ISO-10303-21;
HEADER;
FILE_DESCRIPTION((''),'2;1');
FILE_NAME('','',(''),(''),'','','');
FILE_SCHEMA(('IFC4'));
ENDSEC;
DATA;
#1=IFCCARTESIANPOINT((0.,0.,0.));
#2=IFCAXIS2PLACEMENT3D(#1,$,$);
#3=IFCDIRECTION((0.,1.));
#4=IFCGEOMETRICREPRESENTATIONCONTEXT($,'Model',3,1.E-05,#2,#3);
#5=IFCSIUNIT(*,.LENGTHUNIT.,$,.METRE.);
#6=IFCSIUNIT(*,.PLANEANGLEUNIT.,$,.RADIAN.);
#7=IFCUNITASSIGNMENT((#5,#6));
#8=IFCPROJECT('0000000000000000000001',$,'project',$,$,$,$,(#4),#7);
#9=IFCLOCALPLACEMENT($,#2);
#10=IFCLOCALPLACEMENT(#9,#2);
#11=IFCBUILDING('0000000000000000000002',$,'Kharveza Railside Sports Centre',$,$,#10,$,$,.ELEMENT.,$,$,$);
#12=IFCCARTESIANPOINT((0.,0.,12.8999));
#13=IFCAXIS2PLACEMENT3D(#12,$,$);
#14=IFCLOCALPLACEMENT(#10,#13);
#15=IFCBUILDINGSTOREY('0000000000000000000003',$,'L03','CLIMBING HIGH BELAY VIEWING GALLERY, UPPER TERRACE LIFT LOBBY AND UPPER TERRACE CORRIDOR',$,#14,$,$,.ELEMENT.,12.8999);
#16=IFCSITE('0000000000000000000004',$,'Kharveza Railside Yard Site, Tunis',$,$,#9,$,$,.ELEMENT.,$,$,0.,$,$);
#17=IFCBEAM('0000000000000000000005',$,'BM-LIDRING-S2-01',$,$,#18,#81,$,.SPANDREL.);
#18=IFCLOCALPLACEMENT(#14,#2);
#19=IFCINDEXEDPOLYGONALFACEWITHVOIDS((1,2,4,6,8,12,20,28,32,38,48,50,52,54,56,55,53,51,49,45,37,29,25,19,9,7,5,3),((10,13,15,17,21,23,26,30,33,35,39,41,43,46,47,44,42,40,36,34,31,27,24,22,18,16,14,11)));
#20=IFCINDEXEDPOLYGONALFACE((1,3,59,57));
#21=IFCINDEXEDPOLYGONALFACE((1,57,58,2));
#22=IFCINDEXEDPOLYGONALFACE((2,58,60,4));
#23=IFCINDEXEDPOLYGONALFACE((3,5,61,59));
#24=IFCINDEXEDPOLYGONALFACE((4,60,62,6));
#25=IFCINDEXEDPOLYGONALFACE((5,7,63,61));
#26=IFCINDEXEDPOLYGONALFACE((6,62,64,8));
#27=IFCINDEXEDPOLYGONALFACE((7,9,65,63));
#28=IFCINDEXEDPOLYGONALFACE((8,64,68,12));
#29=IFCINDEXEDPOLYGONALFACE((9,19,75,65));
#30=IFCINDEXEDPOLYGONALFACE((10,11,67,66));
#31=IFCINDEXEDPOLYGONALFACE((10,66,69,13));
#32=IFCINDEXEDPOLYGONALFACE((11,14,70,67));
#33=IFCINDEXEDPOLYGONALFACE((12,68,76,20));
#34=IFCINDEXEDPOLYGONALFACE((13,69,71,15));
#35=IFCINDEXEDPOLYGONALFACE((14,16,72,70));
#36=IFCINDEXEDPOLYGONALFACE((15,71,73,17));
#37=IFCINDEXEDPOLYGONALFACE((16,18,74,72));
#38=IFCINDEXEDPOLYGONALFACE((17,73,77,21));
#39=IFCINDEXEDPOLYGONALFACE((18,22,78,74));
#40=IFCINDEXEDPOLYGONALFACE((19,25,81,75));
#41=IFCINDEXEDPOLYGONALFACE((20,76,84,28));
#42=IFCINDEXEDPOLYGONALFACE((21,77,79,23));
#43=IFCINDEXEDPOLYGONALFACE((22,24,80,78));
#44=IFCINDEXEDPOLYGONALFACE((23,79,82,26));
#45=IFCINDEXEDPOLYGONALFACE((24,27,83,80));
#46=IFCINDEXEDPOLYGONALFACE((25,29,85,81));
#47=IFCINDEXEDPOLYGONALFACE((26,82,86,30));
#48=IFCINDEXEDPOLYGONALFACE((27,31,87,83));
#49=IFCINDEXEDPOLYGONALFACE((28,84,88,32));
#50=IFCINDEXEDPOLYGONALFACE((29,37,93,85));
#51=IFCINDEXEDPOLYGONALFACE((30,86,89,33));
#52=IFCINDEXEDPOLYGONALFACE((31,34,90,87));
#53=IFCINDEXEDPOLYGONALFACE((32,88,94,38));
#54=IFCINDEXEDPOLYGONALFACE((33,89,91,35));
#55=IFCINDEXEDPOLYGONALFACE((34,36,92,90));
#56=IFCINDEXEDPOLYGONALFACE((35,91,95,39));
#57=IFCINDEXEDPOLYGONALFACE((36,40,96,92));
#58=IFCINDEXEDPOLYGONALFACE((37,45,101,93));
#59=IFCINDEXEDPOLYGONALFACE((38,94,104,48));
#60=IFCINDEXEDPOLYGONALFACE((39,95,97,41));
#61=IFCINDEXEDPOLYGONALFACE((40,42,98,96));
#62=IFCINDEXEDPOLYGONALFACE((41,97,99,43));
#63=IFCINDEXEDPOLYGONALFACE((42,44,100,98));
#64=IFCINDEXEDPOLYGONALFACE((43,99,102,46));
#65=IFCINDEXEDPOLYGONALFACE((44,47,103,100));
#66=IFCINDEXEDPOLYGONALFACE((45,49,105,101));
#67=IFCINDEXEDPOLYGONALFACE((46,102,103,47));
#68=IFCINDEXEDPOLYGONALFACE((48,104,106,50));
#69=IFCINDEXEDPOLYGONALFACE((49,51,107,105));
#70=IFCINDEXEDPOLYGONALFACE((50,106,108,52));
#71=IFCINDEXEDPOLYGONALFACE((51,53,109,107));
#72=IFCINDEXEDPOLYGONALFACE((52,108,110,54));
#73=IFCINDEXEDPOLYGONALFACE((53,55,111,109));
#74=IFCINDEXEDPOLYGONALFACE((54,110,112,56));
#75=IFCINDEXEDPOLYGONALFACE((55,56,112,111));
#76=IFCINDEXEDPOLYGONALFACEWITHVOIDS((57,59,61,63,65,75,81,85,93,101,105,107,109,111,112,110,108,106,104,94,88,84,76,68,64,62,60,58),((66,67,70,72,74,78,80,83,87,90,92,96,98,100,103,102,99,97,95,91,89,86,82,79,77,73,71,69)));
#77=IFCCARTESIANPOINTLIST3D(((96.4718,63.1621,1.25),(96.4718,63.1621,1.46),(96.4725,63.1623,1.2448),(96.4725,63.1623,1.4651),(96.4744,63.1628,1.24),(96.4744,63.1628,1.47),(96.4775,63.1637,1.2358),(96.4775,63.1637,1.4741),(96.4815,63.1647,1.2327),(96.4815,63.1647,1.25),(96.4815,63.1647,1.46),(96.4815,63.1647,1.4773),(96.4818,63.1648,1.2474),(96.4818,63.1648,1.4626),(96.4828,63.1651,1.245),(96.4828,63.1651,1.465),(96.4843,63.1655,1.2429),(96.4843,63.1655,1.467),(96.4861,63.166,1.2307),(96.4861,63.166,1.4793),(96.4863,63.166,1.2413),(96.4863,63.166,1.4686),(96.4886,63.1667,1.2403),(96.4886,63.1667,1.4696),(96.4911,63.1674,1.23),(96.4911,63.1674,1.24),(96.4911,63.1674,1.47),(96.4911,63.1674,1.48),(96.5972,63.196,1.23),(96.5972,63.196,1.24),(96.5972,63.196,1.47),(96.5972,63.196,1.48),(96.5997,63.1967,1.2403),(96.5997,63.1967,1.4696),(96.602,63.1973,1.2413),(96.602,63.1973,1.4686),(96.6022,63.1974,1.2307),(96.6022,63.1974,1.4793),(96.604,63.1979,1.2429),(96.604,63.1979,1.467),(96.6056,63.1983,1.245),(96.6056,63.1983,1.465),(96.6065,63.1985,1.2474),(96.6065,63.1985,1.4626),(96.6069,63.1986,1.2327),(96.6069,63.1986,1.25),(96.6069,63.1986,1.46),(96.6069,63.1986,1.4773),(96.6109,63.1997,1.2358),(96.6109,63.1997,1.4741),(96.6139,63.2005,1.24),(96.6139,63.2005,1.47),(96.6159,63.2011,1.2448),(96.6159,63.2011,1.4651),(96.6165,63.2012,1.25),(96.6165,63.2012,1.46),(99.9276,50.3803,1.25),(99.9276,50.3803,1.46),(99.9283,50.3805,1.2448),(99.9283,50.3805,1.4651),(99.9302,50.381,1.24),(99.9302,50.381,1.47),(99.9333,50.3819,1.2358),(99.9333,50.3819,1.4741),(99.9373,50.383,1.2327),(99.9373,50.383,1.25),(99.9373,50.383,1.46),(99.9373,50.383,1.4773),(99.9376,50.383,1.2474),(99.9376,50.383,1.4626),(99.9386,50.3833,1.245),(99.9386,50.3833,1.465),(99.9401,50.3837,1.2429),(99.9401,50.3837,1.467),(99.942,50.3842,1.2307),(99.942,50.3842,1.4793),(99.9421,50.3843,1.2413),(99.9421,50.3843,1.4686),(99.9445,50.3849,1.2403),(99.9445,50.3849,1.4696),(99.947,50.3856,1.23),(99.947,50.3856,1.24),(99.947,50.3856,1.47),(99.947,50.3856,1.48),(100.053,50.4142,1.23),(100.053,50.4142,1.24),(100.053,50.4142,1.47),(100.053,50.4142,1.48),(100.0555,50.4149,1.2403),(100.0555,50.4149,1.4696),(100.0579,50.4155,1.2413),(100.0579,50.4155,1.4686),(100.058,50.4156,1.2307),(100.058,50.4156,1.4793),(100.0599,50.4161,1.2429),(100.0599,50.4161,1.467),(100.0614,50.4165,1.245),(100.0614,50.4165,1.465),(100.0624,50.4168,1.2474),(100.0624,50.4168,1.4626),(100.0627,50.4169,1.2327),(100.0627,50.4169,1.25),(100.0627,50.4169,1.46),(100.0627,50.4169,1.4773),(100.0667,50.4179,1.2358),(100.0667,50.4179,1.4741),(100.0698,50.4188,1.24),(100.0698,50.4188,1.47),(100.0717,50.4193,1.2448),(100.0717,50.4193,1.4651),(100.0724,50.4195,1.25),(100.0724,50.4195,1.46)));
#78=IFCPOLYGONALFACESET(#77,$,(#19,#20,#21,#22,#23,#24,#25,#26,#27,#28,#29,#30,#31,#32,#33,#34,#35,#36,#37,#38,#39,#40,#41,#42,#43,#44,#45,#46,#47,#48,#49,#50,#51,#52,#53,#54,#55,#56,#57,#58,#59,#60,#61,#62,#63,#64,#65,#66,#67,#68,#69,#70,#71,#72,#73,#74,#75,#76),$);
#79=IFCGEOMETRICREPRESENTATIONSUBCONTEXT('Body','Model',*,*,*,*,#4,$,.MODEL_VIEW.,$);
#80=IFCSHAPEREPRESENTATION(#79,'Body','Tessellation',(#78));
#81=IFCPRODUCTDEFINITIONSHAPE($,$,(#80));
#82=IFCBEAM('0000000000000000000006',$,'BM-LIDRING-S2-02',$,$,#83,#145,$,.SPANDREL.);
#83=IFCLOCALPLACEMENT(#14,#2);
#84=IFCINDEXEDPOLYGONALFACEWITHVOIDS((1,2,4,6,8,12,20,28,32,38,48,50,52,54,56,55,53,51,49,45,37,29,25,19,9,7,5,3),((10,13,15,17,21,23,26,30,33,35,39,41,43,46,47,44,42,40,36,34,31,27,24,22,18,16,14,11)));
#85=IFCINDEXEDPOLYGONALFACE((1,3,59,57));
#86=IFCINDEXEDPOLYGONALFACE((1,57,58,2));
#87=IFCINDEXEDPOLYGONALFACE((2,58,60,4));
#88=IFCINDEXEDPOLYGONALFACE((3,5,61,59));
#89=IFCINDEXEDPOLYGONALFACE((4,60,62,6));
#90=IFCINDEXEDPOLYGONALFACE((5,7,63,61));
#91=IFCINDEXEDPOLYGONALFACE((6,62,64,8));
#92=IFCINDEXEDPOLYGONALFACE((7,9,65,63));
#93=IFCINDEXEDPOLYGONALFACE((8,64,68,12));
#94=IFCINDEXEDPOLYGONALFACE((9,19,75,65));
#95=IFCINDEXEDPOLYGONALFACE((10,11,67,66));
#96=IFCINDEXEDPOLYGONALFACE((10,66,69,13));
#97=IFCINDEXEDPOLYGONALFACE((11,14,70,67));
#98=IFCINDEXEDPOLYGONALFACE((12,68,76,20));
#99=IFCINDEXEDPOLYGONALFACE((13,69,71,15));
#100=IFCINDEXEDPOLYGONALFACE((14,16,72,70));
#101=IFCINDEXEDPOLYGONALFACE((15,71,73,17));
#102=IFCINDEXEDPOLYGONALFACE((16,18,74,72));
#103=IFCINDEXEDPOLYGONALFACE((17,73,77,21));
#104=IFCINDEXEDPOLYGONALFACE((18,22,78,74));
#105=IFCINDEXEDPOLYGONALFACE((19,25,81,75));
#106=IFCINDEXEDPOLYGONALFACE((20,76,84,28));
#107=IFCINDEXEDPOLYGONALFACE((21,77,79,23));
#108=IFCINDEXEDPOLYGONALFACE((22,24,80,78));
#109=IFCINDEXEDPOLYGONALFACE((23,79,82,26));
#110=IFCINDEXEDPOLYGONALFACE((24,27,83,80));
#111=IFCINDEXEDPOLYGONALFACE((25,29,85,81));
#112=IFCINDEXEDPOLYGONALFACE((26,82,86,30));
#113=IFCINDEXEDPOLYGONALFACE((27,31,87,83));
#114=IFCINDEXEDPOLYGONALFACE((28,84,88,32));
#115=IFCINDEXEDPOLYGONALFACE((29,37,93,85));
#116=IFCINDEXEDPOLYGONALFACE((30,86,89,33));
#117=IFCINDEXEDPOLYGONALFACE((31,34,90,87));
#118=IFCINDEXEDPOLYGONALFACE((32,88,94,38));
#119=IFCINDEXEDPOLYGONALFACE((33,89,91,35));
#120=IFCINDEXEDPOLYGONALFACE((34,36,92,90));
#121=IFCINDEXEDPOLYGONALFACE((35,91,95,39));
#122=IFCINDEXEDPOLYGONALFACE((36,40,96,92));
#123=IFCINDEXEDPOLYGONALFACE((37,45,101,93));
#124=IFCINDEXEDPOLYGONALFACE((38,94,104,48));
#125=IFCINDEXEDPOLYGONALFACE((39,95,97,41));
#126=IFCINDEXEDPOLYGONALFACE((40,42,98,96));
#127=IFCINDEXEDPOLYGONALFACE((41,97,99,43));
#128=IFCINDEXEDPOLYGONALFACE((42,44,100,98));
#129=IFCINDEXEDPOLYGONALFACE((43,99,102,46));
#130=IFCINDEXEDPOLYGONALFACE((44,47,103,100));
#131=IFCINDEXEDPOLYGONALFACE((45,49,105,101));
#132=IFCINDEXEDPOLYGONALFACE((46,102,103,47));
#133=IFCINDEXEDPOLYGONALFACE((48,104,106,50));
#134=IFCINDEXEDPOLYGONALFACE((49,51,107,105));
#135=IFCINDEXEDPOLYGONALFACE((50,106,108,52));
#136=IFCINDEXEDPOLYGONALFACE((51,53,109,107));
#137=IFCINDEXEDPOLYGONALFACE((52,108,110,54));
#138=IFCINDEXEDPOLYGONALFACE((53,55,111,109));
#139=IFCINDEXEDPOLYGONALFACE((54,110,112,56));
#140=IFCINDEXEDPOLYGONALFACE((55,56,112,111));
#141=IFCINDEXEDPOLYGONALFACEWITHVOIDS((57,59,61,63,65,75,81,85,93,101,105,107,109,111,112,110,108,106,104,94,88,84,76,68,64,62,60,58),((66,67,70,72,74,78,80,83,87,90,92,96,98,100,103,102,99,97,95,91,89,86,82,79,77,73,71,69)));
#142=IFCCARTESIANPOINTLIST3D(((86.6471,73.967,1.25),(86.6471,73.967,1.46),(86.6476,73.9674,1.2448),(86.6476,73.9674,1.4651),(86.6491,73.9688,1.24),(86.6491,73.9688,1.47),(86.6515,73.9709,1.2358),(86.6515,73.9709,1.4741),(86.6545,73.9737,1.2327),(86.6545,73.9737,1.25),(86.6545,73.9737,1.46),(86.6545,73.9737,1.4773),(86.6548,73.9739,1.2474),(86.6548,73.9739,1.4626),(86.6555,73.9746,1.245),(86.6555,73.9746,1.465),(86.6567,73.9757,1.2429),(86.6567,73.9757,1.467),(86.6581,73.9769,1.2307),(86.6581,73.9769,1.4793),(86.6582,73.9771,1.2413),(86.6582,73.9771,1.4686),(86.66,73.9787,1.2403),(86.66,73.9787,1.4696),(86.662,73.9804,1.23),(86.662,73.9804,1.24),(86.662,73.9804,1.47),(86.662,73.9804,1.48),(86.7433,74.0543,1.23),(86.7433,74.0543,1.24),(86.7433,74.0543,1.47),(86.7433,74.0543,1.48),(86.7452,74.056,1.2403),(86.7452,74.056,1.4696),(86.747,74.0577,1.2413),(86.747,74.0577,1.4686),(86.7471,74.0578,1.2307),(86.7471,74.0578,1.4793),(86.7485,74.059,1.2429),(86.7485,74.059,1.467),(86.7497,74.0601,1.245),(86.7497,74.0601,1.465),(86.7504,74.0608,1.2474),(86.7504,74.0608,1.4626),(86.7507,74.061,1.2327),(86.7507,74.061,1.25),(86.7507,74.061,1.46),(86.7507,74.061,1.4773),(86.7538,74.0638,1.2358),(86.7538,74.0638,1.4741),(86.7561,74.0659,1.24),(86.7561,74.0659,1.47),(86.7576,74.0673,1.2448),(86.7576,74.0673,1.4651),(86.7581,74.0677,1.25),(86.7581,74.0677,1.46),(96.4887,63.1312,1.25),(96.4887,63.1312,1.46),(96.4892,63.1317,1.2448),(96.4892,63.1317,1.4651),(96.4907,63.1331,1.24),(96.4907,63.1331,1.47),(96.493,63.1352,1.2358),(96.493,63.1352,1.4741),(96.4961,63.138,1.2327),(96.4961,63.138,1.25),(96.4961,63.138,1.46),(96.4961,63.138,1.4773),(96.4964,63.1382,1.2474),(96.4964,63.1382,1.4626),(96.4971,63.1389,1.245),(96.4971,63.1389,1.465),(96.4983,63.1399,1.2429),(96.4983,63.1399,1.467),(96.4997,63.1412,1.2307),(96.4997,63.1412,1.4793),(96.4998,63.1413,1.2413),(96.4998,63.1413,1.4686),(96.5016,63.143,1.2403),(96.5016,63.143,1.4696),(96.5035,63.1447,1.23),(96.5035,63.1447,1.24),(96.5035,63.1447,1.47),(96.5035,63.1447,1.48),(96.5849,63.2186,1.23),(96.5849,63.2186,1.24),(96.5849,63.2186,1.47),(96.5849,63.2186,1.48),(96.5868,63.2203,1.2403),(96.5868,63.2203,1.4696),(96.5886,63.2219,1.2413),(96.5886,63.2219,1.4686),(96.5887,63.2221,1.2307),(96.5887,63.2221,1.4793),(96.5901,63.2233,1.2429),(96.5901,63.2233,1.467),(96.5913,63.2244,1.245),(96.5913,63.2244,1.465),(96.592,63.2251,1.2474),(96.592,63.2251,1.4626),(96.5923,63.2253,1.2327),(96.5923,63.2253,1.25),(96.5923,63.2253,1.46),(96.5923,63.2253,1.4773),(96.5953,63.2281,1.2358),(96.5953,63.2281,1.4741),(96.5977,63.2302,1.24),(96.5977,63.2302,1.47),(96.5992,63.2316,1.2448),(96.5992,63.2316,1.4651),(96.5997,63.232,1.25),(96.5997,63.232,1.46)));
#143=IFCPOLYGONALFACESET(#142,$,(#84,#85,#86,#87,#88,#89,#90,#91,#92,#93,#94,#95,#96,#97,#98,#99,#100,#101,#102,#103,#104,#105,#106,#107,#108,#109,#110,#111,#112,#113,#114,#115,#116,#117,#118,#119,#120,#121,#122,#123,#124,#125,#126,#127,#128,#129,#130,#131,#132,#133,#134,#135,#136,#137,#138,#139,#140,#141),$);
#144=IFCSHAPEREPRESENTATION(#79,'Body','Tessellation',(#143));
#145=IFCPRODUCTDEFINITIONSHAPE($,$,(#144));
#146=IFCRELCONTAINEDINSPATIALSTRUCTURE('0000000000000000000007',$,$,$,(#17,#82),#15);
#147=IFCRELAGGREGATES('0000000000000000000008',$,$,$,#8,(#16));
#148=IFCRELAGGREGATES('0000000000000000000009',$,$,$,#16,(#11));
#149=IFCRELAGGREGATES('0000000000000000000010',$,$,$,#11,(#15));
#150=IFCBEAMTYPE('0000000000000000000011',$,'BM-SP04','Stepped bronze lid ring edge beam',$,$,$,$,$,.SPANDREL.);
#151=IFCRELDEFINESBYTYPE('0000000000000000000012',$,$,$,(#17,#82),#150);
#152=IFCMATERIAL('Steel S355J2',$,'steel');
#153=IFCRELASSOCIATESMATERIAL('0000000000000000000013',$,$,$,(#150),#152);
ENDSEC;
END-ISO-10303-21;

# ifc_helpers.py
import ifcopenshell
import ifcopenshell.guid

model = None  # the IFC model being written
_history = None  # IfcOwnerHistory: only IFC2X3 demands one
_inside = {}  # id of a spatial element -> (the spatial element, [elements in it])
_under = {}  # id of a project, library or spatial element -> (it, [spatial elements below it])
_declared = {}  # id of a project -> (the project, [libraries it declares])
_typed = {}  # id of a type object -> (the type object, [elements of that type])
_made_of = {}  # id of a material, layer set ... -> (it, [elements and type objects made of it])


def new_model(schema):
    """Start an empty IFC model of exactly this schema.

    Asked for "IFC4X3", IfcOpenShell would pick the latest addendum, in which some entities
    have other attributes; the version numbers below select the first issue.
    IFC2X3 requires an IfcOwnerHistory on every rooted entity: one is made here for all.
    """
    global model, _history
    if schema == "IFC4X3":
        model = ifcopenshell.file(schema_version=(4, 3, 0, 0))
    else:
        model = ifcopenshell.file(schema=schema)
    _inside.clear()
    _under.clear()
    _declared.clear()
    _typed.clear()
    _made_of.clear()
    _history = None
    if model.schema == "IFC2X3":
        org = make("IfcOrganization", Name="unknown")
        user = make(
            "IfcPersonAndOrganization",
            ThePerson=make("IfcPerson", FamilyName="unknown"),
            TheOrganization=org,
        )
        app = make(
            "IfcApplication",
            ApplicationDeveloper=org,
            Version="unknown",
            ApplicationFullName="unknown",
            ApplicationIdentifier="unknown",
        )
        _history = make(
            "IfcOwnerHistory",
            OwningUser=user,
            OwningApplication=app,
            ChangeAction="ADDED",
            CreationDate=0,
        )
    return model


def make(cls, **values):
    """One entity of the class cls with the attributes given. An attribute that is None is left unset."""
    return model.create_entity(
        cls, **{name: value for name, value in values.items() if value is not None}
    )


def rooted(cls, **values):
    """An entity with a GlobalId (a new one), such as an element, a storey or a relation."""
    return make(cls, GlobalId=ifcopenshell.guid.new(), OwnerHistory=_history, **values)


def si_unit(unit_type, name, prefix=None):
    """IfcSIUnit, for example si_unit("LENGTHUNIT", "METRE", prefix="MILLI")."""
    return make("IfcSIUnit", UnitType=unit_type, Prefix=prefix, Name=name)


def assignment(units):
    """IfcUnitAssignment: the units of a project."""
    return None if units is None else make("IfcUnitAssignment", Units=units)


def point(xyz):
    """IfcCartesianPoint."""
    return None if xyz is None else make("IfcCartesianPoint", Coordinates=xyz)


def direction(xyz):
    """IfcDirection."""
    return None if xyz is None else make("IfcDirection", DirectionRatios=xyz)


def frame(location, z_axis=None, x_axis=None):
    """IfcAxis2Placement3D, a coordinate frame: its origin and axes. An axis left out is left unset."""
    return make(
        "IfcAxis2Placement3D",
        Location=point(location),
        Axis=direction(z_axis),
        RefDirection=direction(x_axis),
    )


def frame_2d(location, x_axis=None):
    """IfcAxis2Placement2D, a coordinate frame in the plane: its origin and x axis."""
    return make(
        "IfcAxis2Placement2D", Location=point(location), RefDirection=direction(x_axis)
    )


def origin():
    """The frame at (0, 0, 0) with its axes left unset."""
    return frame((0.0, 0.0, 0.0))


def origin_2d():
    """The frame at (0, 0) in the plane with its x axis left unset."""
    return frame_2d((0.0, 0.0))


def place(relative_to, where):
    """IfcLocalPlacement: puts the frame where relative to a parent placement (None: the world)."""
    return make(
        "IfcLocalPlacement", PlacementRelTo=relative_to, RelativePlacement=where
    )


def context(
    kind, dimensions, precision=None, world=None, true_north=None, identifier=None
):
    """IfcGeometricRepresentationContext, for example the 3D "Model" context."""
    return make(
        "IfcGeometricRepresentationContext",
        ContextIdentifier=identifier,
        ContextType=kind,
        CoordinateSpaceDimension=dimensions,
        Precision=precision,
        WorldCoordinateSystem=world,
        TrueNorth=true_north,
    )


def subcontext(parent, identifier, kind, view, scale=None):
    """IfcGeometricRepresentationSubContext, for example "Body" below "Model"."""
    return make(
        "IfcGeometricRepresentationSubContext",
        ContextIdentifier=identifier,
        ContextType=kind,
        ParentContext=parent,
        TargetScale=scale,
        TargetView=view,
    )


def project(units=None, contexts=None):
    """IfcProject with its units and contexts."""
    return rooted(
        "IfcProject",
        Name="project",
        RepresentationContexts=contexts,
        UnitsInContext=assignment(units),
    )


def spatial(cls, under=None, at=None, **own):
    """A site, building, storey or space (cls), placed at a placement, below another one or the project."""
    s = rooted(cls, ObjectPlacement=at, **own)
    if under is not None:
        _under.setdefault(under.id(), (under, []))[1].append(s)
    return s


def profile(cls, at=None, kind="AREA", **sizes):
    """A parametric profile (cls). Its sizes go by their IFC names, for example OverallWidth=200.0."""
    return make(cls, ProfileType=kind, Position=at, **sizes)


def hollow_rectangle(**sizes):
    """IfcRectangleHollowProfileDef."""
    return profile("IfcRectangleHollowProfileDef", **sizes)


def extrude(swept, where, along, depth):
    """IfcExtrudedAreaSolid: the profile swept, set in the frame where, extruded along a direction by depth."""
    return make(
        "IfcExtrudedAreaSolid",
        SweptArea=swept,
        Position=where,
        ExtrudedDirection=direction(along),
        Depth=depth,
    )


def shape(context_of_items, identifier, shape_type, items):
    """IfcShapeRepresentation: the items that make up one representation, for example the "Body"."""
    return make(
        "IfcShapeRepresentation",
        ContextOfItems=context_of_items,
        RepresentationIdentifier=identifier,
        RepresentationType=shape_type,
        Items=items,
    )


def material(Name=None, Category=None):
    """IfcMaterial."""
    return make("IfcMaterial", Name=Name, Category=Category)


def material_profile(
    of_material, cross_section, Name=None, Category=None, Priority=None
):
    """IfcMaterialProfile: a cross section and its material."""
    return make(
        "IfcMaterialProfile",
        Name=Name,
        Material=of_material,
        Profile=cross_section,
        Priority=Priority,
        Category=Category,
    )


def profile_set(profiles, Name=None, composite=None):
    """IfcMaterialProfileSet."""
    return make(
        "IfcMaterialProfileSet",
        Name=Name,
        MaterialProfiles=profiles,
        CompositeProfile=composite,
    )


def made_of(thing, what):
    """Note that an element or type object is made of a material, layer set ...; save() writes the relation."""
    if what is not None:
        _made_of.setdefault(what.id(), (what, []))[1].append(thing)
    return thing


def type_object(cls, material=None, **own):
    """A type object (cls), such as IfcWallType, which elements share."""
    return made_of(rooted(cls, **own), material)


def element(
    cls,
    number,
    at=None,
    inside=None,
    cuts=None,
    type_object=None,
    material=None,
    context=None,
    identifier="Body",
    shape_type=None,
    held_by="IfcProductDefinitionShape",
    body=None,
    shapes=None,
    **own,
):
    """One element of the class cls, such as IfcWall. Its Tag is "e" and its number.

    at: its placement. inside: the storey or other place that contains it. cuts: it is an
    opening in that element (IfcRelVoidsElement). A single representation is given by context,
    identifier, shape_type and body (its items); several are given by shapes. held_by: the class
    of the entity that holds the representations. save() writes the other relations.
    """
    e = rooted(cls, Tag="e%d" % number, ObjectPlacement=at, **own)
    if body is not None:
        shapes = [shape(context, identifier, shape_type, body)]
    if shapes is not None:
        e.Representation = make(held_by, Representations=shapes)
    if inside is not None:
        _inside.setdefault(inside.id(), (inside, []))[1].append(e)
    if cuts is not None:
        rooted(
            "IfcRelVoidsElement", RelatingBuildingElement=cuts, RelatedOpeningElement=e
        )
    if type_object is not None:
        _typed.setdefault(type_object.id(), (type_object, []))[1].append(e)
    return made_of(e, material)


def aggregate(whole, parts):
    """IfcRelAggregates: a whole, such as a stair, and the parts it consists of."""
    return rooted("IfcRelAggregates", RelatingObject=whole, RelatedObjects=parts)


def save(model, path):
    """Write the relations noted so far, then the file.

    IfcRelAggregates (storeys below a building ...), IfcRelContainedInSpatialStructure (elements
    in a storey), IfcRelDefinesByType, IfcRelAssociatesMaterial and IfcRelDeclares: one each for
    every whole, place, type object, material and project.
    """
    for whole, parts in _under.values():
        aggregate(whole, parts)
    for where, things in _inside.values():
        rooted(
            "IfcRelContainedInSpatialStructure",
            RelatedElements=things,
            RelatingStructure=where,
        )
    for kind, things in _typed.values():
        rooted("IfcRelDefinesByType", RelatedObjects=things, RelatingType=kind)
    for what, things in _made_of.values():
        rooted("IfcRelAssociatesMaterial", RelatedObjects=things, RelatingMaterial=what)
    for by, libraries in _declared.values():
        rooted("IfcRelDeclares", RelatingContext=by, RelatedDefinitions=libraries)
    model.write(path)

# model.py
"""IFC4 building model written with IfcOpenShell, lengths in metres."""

from ifc_helpers import new_model, si_unit, direction, frame, origin, origin_2d, place, context, subcontext, project, spatial, hollow_rectangle, extrude, material, material_profile, profile_set, type_object, element, save


model = new_model("IFC4")

# Units and contexts
model_context = context("Model", 3, precision=1e-05, world=origin(), true_north=direction((0.0, 1.0)))
body_context = subcontext(model_context, "Body", "Model", "MODEL_VIEW")
ifc_project = project(units=[si_unit("LENGTHUNIT", "METRE"), si_unit("PLANEANGLEUNIT", "RADIAN")], contexts=[model_context])

# Site, building, storey
site_placement = place(None, origin())
site = spatial("IfcSite", under=ifc_project, at=site_placement, Name="Kharveza Railside Yard Site, Tunis", CompositionType="ELEMENT", RefElevation=0.0)
building_placement = place(site_placement, origin())
building = spatial("IfcBuilding", under=site, at=building_placement, Name="Kharveza Railside Sports Centre", CompositionType="ELEMENT")
storey_placement = place(building_placement, frame((0.0, 0.0, 12.8999)))
storey = spatial("IfcBuildingStorey", under=building, at=storey_placement, Name="L03", Description="CLIMBING HIGH BELAY VIEWING GALLERY, UPPER TERRACE LIFT LOBBY AND UPPER TERRACE CORRIDOR", CompositionType="ELEMENT", Elevation=12.8999)

# Beams
ifc_material_1 = material(Name="Steel S355J2", Category="steel")
ifc_material_profile_1 = material_profile(ifc_material_1, hollow_rectangle(XDim=0.1499, YDim=0.25, WallThickness=0.01, InnerFilletRadius=0.01, OuterFilletRadius=0.02, at=origin_2d()), Name="RHS 150x250x10.0")
ifc_profile_set_1 = profile_set([ifc_material_profile_1], Name="Steel S355J2")
beam_type = type_object("IfcBeamType", Name="BM-SP04", Description="Stepped bronze lid ring edge beam", PredefinedType="SPANDREL", material=ifc_profile_set_1)
beam_1_placement = place(storey_placement, frame((100.0, 50.3999, 1.355), z_axis=(-0.261, 0.965339, 0.0), x_axis=(-0.965339, -0.261, 0.0)))
element("IfcBeam", 1, at=beam_1_placement, inside=storey, type_object=beam_type, Name="BM-LIDRING-S2-01", PredefinedType="SPANDREL", context=body_context, shape_type="SweptSolid", body=[
    extrude(hollow_rectangle(XDim=0.1499, YDim=0.25, WallThickness=0.01, InnerFilletRadius=0.01, OuterFilletRadius=0.02, at=origin_2d()), origin(), (0.0, 0.0, 1.0), 13.2407),
])
beam_2_placement = place(storey_placement, frame((96.5442, 63.1816, 1.355), z_axis=(-0.672333, 0.740249, 0.0), x_axis=(-0.740249, -0.672333, 0.0)))
element("IfcBeam", 2, at=beam_2_placement, inside=storey, type_object=beam_type, Name="BM-LIDRING-S2-02", PredefinedType="SPANDREL", context=body_context, shape_type="SweptSolid", body=[
    extrude(hollow_rectangle(XDim=0.1499, YDim=0.25, WallThickness=0.01, InnerFilletRadius=0.01, OuterFilletRadius=0.02, at=origin_2d()), origin(), (0.0, 0.0, 1.0), 14.6379),
])

save(model, "model.ifc")
